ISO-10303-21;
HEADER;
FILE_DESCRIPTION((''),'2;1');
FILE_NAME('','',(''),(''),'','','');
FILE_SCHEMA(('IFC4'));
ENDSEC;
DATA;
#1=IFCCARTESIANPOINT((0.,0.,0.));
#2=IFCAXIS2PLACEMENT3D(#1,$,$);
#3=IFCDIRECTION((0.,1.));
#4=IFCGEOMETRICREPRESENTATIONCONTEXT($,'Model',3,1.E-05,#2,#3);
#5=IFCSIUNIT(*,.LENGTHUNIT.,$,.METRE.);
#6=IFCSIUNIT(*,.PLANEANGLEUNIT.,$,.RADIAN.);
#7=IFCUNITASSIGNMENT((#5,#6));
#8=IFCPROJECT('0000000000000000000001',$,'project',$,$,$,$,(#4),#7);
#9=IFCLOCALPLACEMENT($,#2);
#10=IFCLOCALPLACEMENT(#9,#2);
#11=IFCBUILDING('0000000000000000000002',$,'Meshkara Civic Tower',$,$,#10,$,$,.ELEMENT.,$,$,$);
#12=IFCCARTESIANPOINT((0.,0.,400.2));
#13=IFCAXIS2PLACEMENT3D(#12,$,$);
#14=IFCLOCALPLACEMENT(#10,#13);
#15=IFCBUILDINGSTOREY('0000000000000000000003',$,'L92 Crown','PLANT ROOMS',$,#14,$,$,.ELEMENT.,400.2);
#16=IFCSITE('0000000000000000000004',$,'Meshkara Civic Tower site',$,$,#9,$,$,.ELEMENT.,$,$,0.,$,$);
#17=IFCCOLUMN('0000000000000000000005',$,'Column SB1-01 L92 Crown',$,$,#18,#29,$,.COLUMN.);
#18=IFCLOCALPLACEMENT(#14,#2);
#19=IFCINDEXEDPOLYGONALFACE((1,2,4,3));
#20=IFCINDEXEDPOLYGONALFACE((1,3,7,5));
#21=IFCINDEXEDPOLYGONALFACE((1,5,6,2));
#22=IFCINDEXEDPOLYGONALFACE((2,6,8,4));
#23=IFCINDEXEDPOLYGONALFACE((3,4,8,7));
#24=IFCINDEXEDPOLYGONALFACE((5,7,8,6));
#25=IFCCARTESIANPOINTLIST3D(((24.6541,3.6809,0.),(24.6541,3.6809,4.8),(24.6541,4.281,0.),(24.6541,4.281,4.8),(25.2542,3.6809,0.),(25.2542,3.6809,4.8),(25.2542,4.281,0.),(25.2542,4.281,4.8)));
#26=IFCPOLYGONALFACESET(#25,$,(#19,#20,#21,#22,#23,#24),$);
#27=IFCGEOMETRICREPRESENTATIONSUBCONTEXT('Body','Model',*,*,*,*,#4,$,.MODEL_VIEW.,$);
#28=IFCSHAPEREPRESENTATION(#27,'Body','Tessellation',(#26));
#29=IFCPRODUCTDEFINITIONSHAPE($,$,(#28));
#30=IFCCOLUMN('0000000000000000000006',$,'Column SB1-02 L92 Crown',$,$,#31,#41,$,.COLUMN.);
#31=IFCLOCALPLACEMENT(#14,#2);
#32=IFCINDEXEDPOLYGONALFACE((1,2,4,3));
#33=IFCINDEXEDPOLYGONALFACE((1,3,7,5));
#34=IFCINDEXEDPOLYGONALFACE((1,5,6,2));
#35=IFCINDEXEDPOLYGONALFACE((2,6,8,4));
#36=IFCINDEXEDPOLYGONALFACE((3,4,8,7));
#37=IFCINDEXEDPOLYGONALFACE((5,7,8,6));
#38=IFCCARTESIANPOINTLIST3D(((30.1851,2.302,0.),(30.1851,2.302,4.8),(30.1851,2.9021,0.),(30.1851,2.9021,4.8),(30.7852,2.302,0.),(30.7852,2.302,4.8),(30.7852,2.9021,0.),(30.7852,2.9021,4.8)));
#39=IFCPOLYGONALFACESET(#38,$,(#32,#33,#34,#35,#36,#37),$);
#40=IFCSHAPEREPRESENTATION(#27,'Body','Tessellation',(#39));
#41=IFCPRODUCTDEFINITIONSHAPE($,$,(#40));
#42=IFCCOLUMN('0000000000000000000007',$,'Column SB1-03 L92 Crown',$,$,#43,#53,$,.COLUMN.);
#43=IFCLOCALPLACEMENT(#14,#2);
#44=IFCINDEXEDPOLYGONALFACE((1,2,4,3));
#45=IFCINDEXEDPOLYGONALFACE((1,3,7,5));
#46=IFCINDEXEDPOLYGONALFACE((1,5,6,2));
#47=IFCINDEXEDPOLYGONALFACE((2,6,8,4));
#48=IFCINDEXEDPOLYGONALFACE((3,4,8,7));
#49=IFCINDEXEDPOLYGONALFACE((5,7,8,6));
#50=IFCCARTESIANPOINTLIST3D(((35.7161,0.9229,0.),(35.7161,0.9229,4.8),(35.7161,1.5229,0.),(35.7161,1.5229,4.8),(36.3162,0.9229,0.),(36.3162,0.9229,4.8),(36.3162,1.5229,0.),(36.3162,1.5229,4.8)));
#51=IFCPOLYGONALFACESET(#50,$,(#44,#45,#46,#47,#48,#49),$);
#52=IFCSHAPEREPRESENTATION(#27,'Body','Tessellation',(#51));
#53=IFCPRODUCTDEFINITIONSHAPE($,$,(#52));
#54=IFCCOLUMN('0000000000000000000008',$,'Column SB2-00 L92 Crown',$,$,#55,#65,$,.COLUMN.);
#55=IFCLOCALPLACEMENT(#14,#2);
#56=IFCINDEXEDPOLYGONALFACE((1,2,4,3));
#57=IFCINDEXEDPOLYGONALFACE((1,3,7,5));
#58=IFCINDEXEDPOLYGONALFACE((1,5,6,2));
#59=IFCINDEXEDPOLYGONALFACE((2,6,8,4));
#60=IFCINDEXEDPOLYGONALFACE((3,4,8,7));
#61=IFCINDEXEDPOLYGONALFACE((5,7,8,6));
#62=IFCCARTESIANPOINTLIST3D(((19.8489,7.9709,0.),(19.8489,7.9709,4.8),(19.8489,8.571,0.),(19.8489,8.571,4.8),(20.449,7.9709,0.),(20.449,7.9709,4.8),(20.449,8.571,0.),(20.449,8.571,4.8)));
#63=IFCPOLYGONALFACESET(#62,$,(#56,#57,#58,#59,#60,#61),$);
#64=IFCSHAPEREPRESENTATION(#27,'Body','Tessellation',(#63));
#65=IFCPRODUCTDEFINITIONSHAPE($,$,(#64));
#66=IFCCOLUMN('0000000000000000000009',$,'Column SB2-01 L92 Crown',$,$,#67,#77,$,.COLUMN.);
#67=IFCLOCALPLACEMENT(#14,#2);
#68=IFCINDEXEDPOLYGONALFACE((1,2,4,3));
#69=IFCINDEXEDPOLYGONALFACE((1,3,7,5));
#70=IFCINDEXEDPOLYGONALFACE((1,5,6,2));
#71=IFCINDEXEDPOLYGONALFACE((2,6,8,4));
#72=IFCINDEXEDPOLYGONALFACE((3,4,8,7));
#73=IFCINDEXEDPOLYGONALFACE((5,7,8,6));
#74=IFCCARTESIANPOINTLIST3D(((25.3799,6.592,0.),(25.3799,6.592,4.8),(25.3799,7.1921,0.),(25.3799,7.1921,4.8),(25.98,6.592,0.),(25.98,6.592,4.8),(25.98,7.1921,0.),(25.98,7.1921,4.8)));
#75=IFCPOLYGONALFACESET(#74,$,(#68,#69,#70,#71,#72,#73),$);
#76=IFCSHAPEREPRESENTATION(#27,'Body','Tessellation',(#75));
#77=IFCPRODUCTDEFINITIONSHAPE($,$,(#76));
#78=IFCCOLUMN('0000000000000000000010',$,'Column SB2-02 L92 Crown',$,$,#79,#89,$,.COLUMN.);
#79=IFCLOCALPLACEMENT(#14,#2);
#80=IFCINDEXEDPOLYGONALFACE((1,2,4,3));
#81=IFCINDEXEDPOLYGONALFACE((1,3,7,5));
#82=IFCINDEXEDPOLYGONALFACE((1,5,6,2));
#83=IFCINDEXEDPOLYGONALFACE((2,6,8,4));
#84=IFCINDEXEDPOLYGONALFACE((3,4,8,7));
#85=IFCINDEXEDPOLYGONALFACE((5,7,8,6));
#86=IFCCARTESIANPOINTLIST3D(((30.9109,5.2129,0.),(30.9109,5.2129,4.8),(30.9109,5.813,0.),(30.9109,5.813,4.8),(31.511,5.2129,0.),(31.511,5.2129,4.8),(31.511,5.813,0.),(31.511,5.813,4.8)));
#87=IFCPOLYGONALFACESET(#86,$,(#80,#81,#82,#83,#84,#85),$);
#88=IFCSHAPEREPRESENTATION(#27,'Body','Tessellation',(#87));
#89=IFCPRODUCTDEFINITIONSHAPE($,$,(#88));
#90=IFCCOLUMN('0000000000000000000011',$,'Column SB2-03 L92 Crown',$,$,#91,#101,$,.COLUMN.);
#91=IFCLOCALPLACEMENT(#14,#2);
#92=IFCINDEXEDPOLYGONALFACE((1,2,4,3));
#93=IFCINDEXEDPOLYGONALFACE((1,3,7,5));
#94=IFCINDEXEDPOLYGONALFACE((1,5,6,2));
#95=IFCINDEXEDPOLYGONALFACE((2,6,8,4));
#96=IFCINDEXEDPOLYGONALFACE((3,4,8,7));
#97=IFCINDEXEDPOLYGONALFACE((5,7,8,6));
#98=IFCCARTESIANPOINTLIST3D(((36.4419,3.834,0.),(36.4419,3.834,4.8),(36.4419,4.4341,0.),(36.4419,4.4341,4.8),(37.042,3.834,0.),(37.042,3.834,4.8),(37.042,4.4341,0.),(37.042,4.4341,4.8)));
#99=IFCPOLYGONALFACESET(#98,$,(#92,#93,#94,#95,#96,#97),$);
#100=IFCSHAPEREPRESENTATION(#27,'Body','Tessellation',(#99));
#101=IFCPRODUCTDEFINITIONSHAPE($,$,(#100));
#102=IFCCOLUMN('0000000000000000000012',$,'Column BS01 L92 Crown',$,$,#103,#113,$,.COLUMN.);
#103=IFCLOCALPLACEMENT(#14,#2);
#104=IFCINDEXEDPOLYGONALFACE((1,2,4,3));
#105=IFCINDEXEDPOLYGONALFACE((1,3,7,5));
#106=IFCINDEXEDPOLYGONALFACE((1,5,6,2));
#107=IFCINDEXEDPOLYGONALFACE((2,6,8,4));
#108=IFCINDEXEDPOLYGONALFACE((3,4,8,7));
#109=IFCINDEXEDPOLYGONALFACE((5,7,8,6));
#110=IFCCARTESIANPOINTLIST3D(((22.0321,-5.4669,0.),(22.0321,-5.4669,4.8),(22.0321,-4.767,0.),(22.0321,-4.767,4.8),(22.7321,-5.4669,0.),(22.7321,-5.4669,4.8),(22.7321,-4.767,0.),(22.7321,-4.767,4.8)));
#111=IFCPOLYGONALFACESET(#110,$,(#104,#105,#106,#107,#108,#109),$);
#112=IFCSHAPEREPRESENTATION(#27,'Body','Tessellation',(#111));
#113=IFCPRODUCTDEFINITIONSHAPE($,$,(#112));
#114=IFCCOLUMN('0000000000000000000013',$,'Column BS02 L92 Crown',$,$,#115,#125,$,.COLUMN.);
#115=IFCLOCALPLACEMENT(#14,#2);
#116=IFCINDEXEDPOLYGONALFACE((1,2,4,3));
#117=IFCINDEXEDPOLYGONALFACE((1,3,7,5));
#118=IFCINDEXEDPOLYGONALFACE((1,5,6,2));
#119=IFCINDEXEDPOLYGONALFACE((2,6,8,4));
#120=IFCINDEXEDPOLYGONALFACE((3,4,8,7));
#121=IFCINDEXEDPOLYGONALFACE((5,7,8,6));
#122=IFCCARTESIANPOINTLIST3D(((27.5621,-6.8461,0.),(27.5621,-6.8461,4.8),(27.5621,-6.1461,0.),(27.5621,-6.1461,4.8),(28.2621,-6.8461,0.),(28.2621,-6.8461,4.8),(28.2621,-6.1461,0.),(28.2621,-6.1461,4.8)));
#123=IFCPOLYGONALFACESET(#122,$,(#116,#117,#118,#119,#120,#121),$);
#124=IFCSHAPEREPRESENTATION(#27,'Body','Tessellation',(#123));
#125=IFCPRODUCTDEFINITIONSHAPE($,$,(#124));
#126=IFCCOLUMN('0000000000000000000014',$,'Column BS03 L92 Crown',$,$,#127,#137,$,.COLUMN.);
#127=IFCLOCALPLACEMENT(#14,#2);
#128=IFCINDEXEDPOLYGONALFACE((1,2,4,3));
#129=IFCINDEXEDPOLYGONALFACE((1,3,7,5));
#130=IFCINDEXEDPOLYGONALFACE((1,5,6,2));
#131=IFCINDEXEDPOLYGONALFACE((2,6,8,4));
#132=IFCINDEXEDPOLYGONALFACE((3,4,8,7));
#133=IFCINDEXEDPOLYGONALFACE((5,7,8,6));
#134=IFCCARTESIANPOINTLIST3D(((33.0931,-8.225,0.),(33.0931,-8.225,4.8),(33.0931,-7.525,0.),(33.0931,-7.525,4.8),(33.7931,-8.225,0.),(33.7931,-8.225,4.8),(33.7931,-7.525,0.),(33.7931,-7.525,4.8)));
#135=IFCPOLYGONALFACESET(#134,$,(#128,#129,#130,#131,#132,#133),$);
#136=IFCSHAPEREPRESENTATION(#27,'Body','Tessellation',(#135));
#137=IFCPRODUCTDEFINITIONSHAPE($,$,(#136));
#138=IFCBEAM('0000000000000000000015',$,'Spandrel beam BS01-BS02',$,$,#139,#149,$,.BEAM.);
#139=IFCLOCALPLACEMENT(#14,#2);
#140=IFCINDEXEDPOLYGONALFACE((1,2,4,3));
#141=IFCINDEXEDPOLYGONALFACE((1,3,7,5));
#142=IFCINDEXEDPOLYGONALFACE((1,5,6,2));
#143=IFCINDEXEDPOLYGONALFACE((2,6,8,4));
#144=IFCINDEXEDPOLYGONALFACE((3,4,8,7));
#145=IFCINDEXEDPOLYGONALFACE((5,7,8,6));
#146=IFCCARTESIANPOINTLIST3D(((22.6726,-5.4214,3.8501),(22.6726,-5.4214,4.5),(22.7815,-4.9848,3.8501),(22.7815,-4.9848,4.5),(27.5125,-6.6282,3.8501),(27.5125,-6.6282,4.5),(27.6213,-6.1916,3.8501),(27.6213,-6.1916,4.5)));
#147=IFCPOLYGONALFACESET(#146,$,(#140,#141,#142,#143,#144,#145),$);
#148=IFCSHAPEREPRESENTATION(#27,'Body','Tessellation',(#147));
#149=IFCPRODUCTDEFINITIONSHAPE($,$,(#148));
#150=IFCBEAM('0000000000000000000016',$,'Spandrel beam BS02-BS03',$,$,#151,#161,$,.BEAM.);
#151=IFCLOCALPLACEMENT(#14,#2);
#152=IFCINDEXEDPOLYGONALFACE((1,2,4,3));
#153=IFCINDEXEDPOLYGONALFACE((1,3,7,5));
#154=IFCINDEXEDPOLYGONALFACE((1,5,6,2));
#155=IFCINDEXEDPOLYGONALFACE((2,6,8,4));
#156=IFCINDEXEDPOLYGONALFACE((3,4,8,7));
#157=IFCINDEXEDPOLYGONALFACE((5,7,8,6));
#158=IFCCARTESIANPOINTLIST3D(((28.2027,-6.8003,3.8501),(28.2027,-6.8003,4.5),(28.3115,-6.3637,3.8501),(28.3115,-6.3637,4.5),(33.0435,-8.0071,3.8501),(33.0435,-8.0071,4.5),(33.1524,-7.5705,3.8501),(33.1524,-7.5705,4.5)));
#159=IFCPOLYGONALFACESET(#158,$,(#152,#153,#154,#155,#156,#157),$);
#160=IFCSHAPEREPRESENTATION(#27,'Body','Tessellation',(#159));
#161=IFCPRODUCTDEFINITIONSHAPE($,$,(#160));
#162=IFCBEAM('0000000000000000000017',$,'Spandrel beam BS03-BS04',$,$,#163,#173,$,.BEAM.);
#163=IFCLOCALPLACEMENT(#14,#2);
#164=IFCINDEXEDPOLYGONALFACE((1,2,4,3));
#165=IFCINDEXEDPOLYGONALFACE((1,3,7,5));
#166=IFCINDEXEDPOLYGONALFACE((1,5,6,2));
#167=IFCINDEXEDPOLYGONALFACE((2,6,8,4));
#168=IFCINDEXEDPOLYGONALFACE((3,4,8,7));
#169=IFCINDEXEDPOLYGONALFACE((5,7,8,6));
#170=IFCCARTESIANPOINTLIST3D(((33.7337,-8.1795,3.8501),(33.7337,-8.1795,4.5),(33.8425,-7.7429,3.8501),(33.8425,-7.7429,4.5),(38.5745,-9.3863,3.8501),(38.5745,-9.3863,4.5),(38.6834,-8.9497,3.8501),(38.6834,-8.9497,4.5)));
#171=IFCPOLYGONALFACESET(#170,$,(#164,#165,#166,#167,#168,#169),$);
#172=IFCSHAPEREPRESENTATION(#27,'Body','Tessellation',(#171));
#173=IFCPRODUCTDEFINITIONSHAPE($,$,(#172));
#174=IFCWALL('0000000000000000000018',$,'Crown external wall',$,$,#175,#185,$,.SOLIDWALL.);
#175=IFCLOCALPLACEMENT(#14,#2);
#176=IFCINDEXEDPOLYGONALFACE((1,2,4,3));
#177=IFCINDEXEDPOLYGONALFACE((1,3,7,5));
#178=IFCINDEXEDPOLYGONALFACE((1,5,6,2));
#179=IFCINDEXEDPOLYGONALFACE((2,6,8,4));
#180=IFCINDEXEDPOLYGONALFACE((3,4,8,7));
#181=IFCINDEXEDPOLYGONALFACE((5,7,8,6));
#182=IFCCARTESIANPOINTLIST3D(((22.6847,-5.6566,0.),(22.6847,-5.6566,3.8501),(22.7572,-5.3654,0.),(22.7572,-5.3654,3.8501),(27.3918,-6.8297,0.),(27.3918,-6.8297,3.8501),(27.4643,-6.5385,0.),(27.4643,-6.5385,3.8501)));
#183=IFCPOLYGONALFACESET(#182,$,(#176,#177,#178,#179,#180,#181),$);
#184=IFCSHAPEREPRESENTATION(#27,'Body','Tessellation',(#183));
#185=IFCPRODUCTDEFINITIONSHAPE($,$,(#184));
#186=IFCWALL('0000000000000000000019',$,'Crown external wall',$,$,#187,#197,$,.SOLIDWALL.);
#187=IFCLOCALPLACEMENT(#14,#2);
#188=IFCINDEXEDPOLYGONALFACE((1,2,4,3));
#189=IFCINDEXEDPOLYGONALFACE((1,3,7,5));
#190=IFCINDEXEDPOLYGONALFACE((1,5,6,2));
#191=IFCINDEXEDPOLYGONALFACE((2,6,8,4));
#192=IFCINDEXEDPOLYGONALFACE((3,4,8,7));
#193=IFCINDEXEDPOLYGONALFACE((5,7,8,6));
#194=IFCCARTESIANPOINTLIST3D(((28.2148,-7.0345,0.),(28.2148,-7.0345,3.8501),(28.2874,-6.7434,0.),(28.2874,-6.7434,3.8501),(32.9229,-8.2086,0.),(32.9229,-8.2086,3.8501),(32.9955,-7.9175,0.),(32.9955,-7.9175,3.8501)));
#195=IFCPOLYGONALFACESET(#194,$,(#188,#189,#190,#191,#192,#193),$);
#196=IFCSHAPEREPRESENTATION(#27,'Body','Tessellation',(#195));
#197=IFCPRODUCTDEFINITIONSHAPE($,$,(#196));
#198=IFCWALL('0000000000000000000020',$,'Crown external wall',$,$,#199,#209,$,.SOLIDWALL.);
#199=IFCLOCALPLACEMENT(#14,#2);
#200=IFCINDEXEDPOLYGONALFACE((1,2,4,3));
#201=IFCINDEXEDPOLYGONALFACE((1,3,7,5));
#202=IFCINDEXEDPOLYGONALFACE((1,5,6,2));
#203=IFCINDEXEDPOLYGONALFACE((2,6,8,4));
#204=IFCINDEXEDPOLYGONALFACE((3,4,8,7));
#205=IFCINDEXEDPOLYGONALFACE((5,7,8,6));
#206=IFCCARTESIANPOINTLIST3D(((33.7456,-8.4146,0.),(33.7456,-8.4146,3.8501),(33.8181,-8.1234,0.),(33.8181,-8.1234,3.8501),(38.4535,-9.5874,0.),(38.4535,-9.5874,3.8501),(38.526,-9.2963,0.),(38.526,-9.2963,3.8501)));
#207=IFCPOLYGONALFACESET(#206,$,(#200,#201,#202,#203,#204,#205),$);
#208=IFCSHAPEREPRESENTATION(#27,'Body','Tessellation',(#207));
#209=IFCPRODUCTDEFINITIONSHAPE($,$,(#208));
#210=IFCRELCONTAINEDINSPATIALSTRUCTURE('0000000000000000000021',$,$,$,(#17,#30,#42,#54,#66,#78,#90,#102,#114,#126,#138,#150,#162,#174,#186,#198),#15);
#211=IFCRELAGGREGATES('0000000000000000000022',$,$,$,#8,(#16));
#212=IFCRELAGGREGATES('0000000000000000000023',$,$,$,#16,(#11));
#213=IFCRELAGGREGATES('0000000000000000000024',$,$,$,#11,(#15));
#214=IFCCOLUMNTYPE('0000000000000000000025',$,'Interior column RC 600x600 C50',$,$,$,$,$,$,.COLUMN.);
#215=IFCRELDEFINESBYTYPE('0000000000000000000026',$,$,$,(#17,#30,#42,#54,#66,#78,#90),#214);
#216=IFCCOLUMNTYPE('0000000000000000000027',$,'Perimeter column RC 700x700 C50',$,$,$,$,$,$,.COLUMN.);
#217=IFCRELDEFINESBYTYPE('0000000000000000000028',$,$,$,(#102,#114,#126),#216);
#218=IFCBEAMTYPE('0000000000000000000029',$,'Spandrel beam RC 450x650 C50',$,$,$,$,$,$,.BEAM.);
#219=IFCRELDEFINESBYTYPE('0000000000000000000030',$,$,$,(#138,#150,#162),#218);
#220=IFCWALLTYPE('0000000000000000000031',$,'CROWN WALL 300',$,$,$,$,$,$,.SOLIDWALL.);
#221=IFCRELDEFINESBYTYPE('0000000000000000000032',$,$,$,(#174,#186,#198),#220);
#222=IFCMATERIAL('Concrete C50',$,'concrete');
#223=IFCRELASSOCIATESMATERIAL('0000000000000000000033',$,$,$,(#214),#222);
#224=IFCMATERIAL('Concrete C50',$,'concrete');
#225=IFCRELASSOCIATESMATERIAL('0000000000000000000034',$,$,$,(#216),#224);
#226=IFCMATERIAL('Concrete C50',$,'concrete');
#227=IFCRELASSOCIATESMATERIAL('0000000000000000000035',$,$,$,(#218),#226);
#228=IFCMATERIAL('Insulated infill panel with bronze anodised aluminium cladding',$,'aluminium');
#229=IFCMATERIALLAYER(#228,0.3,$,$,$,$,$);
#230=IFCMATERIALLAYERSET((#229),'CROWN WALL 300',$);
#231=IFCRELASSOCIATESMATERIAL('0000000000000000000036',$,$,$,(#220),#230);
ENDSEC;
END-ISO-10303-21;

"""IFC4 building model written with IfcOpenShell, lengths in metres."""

from ifc_helpers import new_model, si_unit, direction, frame, frame_2d, origin, origin_2d, place, context, subcontext, project, spatial, rectangle, extrude, material, layer, layer_set, material_profile, profile_set, type_object, element, save


model = new_model("IFC4")

# Units and contexts
model_context = context("Model", 3, precision=1e-05, world=origin(), true_north=direction((0.0, 1.0)))
body_context = subcontext(model_context, "Body", "Model", "MODEL_VIEW")
ifc_project = project(units=[si_unit("LENGTHUNIT", "METRE"), si_unit("PLANEANGLEUNIT", "RADIAN")], contexts=[model_context])

# Site, building, storey
site_placement = place(None, origin())
site = spatial("IfcSite", under=ifc_project, at=site_placement, Name="Meshkara Civic Tower site", CompositionType="ELEMENT", RefElevation=0.0)
building_placement = place(site_placement, origin())
building = spatial("IfcBuilding", under=site, at=building_placement, Name="Meshkara Civic Tower", CompositionType="ELEMENT")
storey_placement = place(building_placement, frame((0.0, 0.0, 400.2)))
storey = spatial("IfcBuildingStorey", under=building, at=storey_placement, Name="L92 Crown", Description="PLANT ROOMS", CompositionType="ELEMENT", Elevation=400.2)

# Columns
ifc_material_1 = material(Name="Concrete C50", Category="concrete")
ifc_material_profile_1 = material_profile(ifc_material_1, rectangle(XDim=0.6001, YDim=0.6001, at=origin_2d()))
ifc_profile_set_1 = profile_set([ifc_material_profile_1], Name="Concrete C50")
column_type_1 = type_object("IfcColumnType", Name="Interior column RC 600x600 C50", PredefinedType="COLUMN", material=ifc_profile_set_1)
for number, where, z_axis, x_axis, name in (
    (1, (24.9541, 3.981, 0.0), (0.0, 0.0, 1.0), (1.0, 0.0, 0.0), "Column SB1-01 L92 Crown"),
    (2, (30.4851, 2.6021, 0.0), (0.0, 0.0, 1.0), (1.0, 0.0, 0.0), "Column SB1-02 L92 Crown"),
    (3, (36.0161, 1.2229, 0.0), (0.0, 0.0, 1.0), (1.0, 0.0, 0.0), "Column SB1-03 L92 Crown"),
    (4, (20.1489, 8.271, 0.0), (0.0, 0.0, 1.0), (1.0, 0.0, 0.0), "Column SB2-00 L92 Crown"),
    (5, (25.6799, 6.8921, 0.0), (0.0, 0.0, 1.0), (1.0, 0.0, 0.0), "Column SB2-01 L92 Crown"),
    (6, (31.2109, 5.5129, 0.0), (0.0, 0.0, 1.0), (1.0, 0.0, 0.0), "Column SB2-02 L92 Crown"),
    (7, (36.7419, 4.134, 0.0), (0.0, 0.0, 1.0), (1.0, 0.0, 0.0), "Column SB2-03 L92 Crown"),
):
    element("IfcColumn", number, at=place(storey_placement, frame(where, z_axis=z_axis, x_axis=x_axis)), inside=storey, type_object=column_type_1, Name=name, PredefinedType="COLUMN", context=body_context, shape_type="SweptSolid", body=[
        extrude(rectangle(XDim=0.6001, YDim=0.6001, at=origin_2d()), origin(), (0.0, 0.0, 1.0), 4.8),
    ])
ifc_material_2 = material(Name="Concrete C50", Category="concrete")
ifc_material_profile_2 = material_profile(ifc_material_2, rectangle(XDim=0.7, YDim=0.7, at=origin_2d()))
ifc_profile_set_2 = profile_set([ifc_material_profile_2], Name="Concrete C50")
column_type_2 = type_object("IfcColumnType", Name="Perimeter column RC 700x700 C50", PredefinedType="COLUMN", material=ifc_profile_set_2)
for number, where, z_axis, x_axis, name in (
    (8, (22.3821, -5.1169, 0.0), (0.0, 0.0, 1.0), (1.0, 0.0, 0.0), "Column BS01 L92 Crown"),
    (9, (27.9121, -6.4961, 0.0), (0.0, 0.0, 1.0), (1.0, 0.0, 0.0), "Column BS02 L92 Crown"),
    (10, (33.4431, -7.875, 0.0), (0.0, 0.0, 1.0), (1.0, 0.0, 0.0), "Column BS03 L92 Crown"),
):
    element("IfcColumn", number, at=place(storey_placement, frame(where, z_axis=z_axis, x_axis=x_axis)), inside=storey, type_object=column_type_2, Name=name, PredefinedType="COLUMN", context=body_context, shape_type="SweptSolid", body=[
        extrude(rectangle(XDim=0.7, YDim=0.7, at=origin_2d()), origin(), (0.0, 0.0, 1.0), 4.8),
    ])

# Beams
ifc_material_3 = material(Name="Concrete C50", Category="concrete")
ifc_material_profile_3 = material_profile(ifc_material_3, rectangle(XDim=0.45, YDim=0.6499, at=origin_2d()))
ifc_profile_set_3 = profile_set([ifc_material_profile_3], Name="Concrete C50")
beam_type = type_object("IfcBeamType", Name="Spandrel beam RC 450x650 C50", PredefinedType="BEAM", material=ifc_profile_set_3)
beam_placement = place(storey_placement, frame((22.7271, -5.2031, 4.175), z_axis=(0.970292, -0.241937, 0.0), x_axis=(0.241937, 0.970292, 0.0)))
element("IfcBeam", 11, at=beam_placement, inside=storey, type_object=beam_type, Name="Spandrel beam BS01-BS02", PredefinedType="BEAM", context=body_context, shape_type="SweptSolid", body=[
    extrude(rectangle(XDim=0.45, YDim=0.6499, at=origin_2d()), origin(), (0.0, 0.0, 1.0), 4.988),
])
for number, where, z_axis, x_axis, name in (
    (12, (28.2571, -6.582, 4.175), (0.970303, -0.241891, 0.0), (0.241891, 0.970303, 0.0), "Spandrel beam BS02-BS03"),
    (13, (33.7881, -7.9612, 4.175), (0.970303, -0.241891, 0.0), (0.241891, 0.970303, 0.0), "Spandrel beam BS03-BS04"),
):
    element("IfcBeam", number, at=place(storey_placement, frame(where, z_axis=z_axis, x_axis=x_axis)), inside=storey, type_object=beam_type, Name=name, PredefinedType="BEAM", context=body_context, shape_type="SweptSolid", body=[
        extrude(rectangle(XDim=0.45, YDim=0.6499, at=origin_2d()), origin(), (0.0, 0.0, 1.0), 4.989),
    ])

# Walls
ifc_material_4 = material(Name="Insulated infill panel with bronze anodised aluminium cladding", Category="aluminium")
ifc_layer_1 = layer(ifc_material_4, 0.3)
ifc_layer_set_1 = layer_set([ifc_layer_1], Name="CROWN WALL 300")
wall_type_1 = type_object("IfcWallType", Name="CROWN WALL 300", PredefinedType="SOLIDWALL", material=ifc_layer_set_1)
wall_1_placement = place(storey_placement, frame((22.7209, -5.511, 0.0), z_axis=(0.0, 0.0, 1.0), x_axis=(0.97032, -0.241825, 0.0)))
element("IfcWall", 14, at=wall_1_placement, inside=storey, type_object=wall_type_1, Name="Crown external wall", PredefinedType="SOLIDWALL", context=body_context, shape_type="SweptSolid", body=[
    extrude(rectangle(XDim=4.8511, YDim=0.3, at=frame_2d((2.4255, 0.0))), origin(), (0.0, 0.0, 1.0), 3.8501),
])
wall_2_placement = place(storey_placement, frame((28.251, -6.8889, 0.0), z_axis=(0.0, 0.0, 1.0), x_axis=(0.970284, -0.241967, 0.0)))
element("IfcWall", 15, at=wall_2_placement, inside=storey, type_object=wall_type_1, Name="Crown external wall", PredefinedType="SOLIDWALL", context=body_context, shape_type="SweptSolid", body=[
    extrude(rectangle(XDim=4.8523, YDim=0.3, at=frame_2d((2.4263, 0.0))), origin(), (0.0, 0.0, 1.0), 3.8501),
])
wall_3_placement = place(storey_placement, frame((33.782, -8.269, 0.0), z_axis=(0.0, 0.0, 1.0), x_axis=(0.970343, -0.24173, 0.0)))
element("IfcWall", 16, at=wall_3_placement, inside=storey, type_object=wall_type_1, Name="Crown external wall", PredefinedType="SOLIDWALL", context=body_context, shape_type="SweptSolid", body=[
    extrude(rectangle(XDim=4.8518, YDim=0.3, at=frame_2d((2.4258, 0.0))), origin(), (0.0, 0.0, 1.0), 3.8501),
])

save(model, "model.ifc")
